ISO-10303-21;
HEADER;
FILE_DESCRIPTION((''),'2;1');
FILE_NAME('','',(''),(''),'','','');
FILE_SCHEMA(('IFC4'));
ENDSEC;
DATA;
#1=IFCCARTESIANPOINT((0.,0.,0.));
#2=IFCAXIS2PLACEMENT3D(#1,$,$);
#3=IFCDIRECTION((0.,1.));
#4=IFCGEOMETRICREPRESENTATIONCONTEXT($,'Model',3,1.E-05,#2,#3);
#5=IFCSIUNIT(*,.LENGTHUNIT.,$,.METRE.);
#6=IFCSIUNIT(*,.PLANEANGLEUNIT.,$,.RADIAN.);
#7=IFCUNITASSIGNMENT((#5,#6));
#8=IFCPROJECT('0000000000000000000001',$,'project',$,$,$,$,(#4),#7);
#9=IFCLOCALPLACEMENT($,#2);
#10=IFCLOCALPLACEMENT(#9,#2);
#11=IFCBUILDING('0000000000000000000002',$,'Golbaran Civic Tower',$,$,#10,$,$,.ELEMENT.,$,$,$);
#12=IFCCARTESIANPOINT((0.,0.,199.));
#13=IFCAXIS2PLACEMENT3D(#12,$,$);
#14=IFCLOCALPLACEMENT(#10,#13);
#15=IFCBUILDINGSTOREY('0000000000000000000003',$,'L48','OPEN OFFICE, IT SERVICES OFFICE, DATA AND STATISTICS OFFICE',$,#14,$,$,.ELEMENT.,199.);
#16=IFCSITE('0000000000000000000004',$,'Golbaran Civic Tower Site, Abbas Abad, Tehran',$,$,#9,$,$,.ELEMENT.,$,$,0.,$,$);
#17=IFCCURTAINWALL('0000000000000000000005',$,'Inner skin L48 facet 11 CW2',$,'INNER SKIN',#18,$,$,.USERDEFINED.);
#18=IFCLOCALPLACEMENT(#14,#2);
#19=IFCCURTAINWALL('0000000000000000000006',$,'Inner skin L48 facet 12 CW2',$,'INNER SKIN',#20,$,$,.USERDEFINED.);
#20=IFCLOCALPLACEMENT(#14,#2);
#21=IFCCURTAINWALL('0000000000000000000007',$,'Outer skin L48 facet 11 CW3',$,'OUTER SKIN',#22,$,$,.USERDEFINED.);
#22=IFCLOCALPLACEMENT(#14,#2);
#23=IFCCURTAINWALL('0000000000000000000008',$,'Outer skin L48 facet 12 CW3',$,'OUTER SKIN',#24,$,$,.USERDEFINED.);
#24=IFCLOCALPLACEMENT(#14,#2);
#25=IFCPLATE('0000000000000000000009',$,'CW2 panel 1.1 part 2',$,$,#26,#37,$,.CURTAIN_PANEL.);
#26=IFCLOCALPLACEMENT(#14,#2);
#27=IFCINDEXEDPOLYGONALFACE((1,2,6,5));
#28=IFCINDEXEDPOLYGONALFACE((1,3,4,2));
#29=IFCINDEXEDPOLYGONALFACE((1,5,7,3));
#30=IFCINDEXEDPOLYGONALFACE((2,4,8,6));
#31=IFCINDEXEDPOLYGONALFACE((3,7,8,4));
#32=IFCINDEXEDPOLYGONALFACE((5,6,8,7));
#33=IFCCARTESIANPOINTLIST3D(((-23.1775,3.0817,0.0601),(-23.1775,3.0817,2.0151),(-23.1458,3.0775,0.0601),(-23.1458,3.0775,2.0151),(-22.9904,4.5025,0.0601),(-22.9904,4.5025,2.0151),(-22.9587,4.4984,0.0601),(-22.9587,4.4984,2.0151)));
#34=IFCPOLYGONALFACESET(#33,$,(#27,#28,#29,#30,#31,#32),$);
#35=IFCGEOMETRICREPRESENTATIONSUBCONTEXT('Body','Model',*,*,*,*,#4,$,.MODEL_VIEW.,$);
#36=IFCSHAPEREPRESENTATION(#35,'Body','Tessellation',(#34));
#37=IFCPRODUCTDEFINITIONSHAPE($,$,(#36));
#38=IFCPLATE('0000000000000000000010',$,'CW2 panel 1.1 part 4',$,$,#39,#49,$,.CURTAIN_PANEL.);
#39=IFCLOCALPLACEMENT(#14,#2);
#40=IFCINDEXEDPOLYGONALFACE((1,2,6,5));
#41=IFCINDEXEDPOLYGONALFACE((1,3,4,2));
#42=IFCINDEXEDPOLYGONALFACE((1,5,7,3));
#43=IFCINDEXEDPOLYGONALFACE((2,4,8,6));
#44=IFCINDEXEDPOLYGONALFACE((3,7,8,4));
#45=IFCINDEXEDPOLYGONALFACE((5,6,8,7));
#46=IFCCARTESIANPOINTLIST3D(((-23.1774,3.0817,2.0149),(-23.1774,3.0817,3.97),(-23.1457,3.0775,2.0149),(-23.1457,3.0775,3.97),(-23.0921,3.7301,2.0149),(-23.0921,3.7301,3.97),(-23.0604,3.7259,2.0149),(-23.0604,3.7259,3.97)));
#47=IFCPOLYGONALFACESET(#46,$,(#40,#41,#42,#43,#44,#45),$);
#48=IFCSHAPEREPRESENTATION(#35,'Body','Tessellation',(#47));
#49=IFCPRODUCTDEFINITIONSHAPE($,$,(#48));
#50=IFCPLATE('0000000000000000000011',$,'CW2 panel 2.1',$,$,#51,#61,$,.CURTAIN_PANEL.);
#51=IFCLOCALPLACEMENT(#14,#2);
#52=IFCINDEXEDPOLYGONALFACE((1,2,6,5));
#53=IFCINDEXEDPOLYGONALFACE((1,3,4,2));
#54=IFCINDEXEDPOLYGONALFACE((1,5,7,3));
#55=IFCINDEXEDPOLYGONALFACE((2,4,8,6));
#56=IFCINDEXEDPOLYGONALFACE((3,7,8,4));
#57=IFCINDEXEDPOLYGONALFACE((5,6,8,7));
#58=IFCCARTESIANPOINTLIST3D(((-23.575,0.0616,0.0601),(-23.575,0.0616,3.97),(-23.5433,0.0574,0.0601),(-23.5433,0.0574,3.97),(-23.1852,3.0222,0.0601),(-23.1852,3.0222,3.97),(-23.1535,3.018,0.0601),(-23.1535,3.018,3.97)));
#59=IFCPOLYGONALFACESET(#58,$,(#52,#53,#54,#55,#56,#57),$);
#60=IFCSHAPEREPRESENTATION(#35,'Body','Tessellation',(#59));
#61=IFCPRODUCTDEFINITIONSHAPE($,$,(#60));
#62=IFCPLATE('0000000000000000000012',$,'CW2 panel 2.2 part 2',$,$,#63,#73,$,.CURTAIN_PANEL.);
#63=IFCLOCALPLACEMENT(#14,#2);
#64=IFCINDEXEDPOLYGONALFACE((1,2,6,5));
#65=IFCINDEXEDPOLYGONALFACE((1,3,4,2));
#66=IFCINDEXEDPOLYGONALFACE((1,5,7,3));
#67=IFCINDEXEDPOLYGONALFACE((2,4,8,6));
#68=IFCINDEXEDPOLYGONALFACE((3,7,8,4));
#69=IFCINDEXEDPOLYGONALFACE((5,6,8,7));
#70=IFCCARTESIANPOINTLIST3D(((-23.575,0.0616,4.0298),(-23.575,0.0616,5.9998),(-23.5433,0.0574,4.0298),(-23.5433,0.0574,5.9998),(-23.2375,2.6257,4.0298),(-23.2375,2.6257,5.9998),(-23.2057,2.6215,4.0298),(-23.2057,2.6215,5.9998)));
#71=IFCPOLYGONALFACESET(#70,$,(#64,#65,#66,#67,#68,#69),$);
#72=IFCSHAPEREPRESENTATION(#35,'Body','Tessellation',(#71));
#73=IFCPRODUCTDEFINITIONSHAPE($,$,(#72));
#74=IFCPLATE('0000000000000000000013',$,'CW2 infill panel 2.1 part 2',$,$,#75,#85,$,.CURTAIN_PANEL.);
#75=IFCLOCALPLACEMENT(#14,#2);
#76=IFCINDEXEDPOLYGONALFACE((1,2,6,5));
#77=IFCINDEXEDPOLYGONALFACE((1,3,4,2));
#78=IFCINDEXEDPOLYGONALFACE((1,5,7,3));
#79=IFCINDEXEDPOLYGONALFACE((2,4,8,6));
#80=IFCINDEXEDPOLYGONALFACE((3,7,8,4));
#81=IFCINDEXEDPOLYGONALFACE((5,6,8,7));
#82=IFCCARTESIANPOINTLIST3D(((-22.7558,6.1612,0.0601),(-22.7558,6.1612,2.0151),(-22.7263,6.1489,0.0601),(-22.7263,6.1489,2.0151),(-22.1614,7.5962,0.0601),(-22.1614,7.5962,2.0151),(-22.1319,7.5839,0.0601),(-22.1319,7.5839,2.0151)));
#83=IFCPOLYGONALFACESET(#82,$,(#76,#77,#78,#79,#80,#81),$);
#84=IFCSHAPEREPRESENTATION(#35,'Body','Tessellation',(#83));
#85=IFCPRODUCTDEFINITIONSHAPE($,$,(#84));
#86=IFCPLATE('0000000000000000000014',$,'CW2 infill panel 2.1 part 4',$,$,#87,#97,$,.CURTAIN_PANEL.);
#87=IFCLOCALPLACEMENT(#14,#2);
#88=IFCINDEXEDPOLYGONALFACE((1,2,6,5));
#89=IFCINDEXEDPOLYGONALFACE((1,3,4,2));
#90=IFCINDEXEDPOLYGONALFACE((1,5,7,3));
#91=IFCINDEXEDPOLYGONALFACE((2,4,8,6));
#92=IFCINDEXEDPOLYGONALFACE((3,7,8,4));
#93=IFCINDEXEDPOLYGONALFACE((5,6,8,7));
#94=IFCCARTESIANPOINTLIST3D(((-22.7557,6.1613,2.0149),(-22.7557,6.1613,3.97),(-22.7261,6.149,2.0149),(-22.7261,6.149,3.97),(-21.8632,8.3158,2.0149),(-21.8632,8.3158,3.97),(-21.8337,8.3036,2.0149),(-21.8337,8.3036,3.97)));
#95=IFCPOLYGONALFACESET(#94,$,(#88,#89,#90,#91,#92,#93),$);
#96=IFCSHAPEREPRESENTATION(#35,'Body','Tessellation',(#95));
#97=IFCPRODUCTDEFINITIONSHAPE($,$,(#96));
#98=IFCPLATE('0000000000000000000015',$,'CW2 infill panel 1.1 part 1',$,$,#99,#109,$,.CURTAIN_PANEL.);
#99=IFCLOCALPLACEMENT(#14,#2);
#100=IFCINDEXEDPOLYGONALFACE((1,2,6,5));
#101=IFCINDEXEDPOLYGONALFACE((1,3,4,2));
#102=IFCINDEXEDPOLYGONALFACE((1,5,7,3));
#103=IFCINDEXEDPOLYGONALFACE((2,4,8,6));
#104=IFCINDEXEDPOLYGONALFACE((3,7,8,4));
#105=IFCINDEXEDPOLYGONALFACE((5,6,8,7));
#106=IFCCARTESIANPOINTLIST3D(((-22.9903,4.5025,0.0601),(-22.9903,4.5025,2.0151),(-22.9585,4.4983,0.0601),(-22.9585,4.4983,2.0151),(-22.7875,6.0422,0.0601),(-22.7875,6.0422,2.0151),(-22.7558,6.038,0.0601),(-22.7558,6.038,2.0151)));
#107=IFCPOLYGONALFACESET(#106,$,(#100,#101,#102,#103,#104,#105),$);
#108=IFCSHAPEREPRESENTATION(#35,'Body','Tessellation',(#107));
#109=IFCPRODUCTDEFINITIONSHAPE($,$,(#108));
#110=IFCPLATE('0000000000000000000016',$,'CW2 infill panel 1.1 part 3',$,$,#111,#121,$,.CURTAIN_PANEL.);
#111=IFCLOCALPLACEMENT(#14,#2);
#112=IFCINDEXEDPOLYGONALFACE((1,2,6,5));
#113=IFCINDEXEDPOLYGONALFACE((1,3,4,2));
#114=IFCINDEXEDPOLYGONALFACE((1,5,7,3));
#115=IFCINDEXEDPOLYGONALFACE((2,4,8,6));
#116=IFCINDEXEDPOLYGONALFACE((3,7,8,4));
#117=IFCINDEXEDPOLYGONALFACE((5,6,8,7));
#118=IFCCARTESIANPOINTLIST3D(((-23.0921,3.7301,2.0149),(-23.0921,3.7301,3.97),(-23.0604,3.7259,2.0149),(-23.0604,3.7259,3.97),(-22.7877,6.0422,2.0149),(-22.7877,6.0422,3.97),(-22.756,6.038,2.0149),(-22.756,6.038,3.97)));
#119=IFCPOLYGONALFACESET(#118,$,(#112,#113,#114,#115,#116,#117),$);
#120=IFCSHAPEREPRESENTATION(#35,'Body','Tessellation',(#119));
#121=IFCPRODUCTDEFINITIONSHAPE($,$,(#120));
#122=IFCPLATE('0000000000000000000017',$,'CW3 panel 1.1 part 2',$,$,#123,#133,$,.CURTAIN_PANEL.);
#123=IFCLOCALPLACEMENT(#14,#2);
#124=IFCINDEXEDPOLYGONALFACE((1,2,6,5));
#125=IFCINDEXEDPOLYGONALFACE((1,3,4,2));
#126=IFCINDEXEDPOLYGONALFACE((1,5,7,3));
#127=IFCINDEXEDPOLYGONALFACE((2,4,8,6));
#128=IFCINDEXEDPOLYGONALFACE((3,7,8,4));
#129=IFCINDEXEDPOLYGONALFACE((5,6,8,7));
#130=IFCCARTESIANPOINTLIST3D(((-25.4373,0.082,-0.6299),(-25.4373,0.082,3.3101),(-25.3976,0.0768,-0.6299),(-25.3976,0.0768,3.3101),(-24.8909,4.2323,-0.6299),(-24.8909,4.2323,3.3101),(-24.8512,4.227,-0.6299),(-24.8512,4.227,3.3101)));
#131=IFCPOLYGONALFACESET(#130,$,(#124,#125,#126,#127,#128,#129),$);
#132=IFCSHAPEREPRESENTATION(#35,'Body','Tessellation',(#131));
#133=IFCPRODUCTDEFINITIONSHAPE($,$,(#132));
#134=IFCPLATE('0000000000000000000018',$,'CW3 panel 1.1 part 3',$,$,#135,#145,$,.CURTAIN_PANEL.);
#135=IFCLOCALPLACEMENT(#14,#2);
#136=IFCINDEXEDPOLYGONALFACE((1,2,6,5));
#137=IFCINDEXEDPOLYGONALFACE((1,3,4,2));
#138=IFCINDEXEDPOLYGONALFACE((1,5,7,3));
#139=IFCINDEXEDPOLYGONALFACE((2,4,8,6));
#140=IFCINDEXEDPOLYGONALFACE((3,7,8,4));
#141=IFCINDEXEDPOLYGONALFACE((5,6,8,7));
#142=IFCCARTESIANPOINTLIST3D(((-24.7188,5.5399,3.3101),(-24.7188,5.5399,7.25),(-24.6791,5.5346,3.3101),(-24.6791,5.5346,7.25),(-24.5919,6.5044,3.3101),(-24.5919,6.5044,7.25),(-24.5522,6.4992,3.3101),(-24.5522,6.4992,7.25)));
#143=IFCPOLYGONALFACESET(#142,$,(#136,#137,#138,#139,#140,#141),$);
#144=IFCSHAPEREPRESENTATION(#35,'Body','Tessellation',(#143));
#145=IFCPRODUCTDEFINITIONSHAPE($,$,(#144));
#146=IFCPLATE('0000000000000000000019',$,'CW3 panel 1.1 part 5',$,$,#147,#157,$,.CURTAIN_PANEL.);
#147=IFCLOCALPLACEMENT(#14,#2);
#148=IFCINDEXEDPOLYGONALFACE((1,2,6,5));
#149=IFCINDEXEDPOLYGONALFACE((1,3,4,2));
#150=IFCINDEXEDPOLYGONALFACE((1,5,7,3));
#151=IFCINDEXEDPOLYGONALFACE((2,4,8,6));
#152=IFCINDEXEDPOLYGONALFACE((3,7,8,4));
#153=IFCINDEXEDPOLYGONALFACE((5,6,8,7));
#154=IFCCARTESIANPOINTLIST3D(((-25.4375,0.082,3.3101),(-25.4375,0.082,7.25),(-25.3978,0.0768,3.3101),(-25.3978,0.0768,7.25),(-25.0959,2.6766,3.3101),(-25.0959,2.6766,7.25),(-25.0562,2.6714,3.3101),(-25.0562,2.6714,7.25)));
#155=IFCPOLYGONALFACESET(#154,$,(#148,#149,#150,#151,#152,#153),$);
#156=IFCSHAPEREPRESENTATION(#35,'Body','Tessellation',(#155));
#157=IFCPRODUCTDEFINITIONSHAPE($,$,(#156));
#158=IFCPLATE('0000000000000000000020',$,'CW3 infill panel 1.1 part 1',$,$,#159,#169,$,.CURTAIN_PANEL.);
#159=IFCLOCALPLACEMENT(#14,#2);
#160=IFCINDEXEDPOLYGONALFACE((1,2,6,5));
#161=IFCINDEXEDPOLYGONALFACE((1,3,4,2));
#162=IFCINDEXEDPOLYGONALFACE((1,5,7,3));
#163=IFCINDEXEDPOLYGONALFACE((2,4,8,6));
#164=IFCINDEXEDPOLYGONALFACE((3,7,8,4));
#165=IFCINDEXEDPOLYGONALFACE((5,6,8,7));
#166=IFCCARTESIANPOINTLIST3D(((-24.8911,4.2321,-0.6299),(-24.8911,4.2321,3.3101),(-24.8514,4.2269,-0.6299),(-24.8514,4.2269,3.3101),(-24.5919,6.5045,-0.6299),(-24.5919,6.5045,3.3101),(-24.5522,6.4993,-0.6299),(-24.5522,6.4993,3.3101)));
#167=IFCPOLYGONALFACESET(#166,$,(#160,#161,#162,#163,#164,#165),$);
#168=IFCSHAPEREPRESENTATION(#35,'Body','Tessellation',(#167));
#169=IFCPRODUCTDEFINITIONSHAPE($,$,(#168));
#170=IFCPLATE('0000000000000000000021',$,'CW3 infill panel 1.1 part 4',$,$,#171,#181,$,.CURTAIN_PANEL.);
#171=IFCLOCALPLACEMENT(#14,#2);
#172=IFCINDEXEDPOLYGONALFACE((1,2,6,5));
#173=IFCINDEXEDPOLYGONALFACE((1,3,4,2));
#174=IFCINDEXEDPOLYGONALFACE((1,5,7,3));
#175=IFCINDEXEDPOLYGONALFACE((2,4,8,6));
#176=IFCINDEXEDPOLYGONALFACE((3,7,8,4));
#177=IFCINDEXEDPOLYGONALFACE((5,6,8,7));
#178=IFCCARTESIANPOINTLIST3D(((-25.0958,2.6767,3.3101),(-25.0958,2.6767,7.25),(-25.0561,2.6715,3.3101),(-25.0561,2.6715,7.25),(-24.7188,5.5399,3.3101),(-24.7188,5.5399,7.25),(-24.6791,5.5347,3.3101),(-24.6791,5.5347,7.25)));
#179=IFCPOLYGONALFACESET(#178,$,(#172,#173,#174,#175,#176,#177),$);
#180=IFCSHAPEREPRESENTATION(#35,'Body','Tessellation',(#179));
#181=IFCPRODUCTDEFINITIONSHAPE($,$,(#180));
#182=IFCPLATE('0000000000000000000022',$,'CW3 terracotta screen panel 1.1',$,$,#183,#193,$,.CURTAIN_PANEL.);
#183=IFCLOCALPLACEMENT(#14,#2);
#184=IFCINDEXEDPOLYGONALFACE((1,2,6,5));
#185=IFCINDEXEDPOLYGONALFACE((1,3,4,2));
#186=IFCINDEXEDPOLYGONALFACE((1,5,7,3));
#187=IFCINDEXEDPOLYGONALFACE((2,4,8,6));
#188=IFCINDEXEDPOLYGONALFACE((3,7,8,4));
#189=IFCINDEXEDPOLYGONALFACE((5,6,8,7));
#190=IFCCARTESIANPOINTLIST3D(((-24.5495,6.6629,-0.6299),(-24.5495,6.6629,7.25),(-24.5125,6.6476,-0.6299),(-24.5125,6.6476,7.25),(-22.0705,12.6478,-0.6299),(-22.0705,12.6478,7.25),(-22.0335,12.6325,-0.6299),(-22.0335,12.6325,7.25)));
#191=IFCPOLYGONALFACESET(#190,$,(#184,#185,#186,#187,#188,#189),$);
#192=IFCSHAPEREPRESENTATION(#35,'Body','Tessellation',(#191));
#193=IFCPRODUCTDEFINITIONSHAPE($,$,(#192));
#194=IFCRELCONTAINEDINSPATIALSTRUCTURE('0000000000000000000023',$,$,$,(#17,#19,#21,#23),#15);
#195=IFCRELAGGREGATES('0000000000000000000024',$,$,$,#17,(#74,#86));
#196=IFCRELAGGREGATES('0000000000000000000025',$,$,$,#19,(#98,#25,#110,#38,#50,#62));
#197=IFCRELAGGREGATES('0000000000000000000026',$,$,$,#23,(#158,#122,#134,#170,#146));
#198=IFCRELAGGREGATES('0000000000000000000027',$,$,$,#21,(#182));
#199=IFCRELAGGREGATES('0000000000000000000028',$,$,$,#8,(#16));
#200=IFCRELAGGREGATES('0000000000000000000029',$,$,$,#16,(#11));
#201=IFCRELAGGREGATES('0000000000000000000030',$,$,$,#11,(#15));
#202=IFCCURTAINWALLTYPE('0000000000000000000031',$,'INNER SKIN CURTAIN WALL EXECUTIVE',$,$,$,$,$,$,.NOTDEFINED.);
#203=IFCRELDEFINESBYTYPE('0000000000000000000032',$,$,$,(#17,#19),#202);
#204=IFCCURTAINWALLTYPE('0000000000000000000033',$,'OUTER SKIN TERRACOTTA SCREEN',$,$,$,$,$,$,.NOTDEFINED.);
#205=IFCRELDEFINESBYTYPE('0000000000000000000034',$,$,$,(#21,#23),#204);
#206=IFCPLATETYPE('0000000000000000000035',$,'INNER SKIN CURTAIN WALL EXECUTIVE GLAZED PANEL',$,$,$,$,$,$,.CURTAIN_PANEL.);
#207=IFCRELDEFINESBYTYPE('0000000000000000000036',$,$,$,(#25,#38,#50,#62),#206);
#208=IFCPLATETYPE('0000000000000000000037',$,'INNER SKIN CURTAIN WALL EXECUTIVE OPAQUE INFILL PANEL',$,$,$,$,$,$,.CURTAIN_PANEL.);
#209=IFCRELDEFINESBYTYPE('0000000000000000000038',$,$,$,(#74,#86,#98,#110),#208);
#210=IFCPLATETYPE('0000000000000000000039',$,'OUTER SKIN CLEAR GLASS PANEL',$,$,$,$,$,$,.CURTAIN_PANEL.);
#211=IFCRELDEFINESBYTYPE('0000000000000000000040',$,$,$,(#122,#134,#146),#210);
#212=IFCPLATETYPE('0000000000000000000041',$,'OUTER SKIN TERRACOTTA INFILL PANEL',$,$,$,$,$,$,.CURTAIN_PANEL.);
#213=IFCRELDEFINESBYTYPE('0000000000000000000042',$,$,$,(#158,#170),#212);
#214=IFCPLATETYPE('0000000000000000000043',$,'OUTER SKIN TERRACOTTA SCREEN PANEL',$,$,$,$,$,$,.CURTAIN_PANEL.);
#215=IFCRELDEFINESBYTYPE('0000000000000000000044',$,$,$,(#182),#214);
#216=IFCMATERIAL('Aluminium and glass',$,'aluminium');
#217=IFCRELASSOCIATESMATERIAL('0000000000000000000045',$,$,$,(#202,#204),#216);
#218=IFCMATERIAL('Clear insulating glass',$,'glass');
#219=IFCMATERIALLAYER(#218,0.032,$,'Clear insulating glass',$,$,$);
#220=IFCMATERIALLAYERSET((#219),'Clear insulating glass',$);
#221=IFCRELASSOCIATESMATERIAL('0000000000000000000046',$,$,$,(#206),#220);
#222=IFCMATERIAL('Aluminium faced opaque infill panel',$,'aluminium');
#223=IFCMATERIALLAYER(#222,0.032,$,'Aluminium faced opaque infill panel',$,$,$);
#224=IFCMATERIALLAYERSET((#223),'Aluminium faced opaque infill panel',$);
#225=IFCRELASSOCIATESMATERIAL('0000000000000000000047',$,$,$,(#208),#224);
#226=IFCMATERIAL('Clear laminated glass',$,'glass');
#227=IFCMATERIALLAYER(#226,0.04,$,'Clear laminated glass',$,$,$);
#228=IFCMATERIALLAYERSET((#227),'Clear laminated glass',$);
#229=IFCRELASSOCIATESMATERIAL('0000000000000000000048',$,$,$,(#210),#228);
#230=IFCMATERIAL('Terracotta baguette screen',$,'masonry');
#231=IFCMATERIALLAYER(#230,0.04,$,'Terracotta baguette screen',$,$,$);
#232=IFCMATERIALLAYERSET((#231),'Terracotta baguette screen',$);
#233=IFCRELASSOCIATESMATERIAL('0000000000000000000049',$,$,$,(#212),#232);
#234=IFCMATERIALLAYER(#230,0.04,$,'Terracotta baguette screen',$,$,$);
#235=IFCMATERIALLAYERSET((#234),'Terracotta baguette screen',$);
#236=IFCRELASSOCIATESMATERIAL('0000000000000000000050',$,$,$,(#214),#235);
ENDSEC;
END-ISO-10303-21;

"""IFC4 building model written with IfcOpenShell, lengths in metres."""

from ifc_helpers import new_model, si_unit, direction, frame, origin, origin_2d, place, context, subcontext, project, spatial, rectangle, extrude, material, layer, layer_set, type_object, element, aggregate, save


model = new_model("IFC4")

# Units and contexts
model_context = context("Model", 3, precision=1e-05, world=origin(), true_north=direction((0.0, 1.0)))
body_context = subcontext(model_context, "Body", "Model", "MODEL_VIEW")
ifc_project = project(units=[si_unit("LENGTHUNIT", "METRE"), si_unit("PLANEANGLEUNIT", "RADIAN")], contexts=[model_context])

# Site, building, storey
site_placement = place(None, origin())
site = spatial("IfcSite", under=ifc_project, at=site_placement, Name="Golbaran Civic Tower Site, Abbas Abad, Tehran", CompositionType="ELEMENT", RefElevation=0.0)
building_placement = place(site_placement, origin())
building = spatial("IfcBuilding", under=site, at=building_placement, Name="Golbaran Civic Tower", CompositionType="ELEMENT")
storey_placement = place(building_placement, frame((0.0, 0.0, 199.0)))
storey = spatial("IfcBuildingStorey", under=building, at=storey_placement, Name="L48", Description="OPEN OFFICE, IT SERVICES OFFICE, DATA AND STATISTICS OFFICE", CompositionType="ELEMENT", Elevation=199.0)

# Curtain walls
ifc_material_1 = material(Name="Aluminium and glass", Category="aluminium")
curtain_wall_type_1 = type_object("IfcCurtainWallType", Name="INNER SKIN CURTAIN WALL EXECUTIVE", PredefinedType="NOTDEFINED", material=ifc_material_1)
curtain_wall_1_placement = place(storey_placement, origin())
curtain_wall_1 = element("IfcCurtainWall", 1, at=curtain_wall_1_placement, inside=storey, type_object=curtain_wall_type_1, Name="Inner skin L48 facet 11 CW2", ObjectType="INNER SKIN", PredefinedType="USERDEFINED")
curtain_wall_2_placement = place(storey_placement, origin())
curtain_wall_2 = element("IfcCurtainWall", 2, at=curtain_wall_2_placement, inside=storey, type_object=curtain_wall_type_1, Name="Inner skin L48 facet 12 CW2", ObjectType="INNER SKIN", PredefinedType="USERDEFINED")

# Curtain wall
curtain_wall_type_2 = type_object("IfcCurtainWallType", Name="OUTER SKIN TERRACOTTA SCREEN", PredefinedType="NOTDEFINED", material=ifc_material_1)
curtain_wall_3_placement = place(storey_placement, origin())
curtain_wall_3 = element("IfcCurtainWall", 3, at=curtain_wall_3_placement, inside=storey, type_object=curtain_wall_type_2, Name="Outer skin L48 facet 11 CW3", ObjectType="OUTER SKIN", PredefinedType="USERDEFINED")

# Curtain wall
curtain_wall_4_placement = place(storey_placement, origin())
curtain_wall_4 = element("IfcCurtainWall", 4, at=curtain_wall_4_placement, inside=storey, type_object=curtain_wall_type_2, Name="Outer skin L48 facet 12 CW3", ObjectType="OUTER SKIN", PredefinedType="USERDEFINED")

# Plates
ifc_material_2 = material(Name="Clear insulating glass", Category="glass")
ifc_layer_1 = layer(ifc_material_2, 0.032, Name="Clear insulating glass")
ifc_layer_set_1 = layer_set([ifc_layer_1], Name="Clear insulating glass")
plate_type_1 = type_object("IfcPlateType", Name="INNER SKIN CURTAIN WALL EXECUTIVE GLAZED PANEL", PredefinedType="CURTAIN_PANEL", material=ifc_layer_set_1)
plate_1_placement = place(storey_placement, frame((-23.0681, 3.79, 0.0601), z_axis=(0.0, 0.0, 1.0), x_axis=(-0.130526, -0.991445, 0.0)))
plate_1 = element("IfcPlate", 5, at=plate_1_placement, type_object=plate_type_1, Name="CW2 panel 1.1 part 2", PredefinedType="CURTAIN_PANEL", context=body_context, shape_type="SweptSolid", body=[
    extrude(rectangle(XDim=1.4331, YDim=0.032, at=origin_2d()), origin(), (0.0, 0.0, 1.0), 1.9551),
])
plate_2_placement = place(storey_placement, frame((-23.1189, 3.4038, 2.0149), z_axis=(0.0, 0.0, 1.0), x_axis=(-0.130526, -0.991445, 0.0)))
plate_2 = element("IfcPlate", 6, at=plate_2_placement, type_object=plate_type_1, Name="CW2 panel 1.1 part 4", PredefinedType="CURTAIN_PANEL", context=body_context, shape_type="SweptSolid", body=[
    extrude(rectangle(XDim=0.6541, YDim=0.032, at=origin_2d()), origin(), (0.0, 0.0, 1.0), 1.9551),
])
plate_3_placement = place(storey_placement, frame((-23.3643, 1.5398, 0.0601), z_axis=(0.0, 0.0, 1.0), x_axis=(-0.130526, -0.991445, 0.0)))
plate_3 = element("IfcPlate", 7, at=plate_3_placement, type_object=plate_type_1, Name="CW2 panel 2.1", PredefinedType="CURTAIN_PANEL", context=body_context, shape_type="SweptSolid", body=[
    extrude(rectangle(XDim=2.9861, YDim=0.032, at=origin_2d()), origin(), (0.0, 0.0, 1.0), 3.9099),
])
plate_4_placement = place(storey_placement, frame((-23.3904, 1.3416, 4.0298), z_axis=(0.0, 0.0, 1.0), x_axis=(-0.130526, -0.991445, 0.0)))
plate_4 = element("IfcPlate", 8, at=plate_4_placement, type_object=plate_type_1, Name="CW2 panel 2.2 part 2", PredefinedType="CURTAIN_PANEL", context=body_context, shape_type="SweptSolid", body=[
    extrude(rectangle(XDim=2.5862, YDim=0.032, at=origin_2d()), origin(), (0.0, 0.0, 1.0), 1.97),
])
ifc_material_3 = material(Name="Aluminium faced opaque infill panel", Category="aluminium")
ifc_layer_2 = layer(ifc_material_3, 0.032, Name="Aluminium faced opaque infill panel")
ifc_layer_set_2 = layer_set([ifc_layer_2], Name="Aluminium faced opaque infill panel")
plate_type_2 = type_object("IfcPlateType", Name="INNER SKIN CURTAIN WALL EXECUTIVE OPAQUE INFILL PANEL", PredefinedType="CURTAIN_PANEL", material=ifc_layer_set_2)
plate_5_placement = place(storey_placement, frame((-22.4438, 6.8726, 0.0601), z_axis=(0.0, 0.0, 1.0), x_axis=(-0.382683, -0.92388, 0.0)))
plate_5 = element("IfcPlate", 9, at=plate_5_placement, type_object=plate_type_2, Name="CW2 infill panel 2.1 part 2", PredefinedType="CURTAIN_PANEL", context=body_context, shape_type="SweptSolid", body=[
    extrude(rectangle(XDim=1.5532, YDim=0.032, at=origin_2d()), origin(), (0.0, 0.0, 1.0), 1.9551),
])
plate_6_placement = place(storey_placement, frame((-22.2947, 7.2324, 2.0149), z_axis=(0.0, 0.0, 1.0), x_axis=(-0.382683, -0.92388, 0.0)))
plate_6 = element("IfcPlate", 10, at=plate_6_placement, type_object=plate_type_2, Name="CW2 infill panel 2.1 part 4", PredefinedType="CURTAIN_PANEL", context=body_context, shape_type="SweptSolid", body=[
    extrude(rectangle(XDim=2.332, YDim=0.032, at=origin_2d()), origin(), (0.0, 0.0, 1.0), 1.9551),
])
aggregate(curtain_wall_1, [plate_5, plate_6])
plate_7_placement = place(storey_placement, frame((-22.873, 5.2703, 0.0601), z_axis=(0.0, 0.0, 1.0), x_axis=(-0.130526, -0.991445, 0.0)))
plate_7 = element("IfcPlate", 11, at=plate_7_placement, type_object=plate_type_2, Name="CW2 infill panel 1.1 part 1", PredefinedType="CURTAIN_PANEL", context=body_context, shape_type="SweptSolid", body=[
    extrude(rectangle(XDim=1.553, YDim=0.032, at=origin_2d()), origin(), (0.0, 0.0, 1.0), 1.9551),
])
plate_8_placement = place(storey_placement, frame((-22.9241, 4.884, 2.0149), z_axis=(0.0, 0.0, 1.0), x_axis=(-0.130526, -0.991445, 0.0)))
plate_8 = element("IfcPlate", 12, at=plate_8_placement, type_object=plate_type_2, Name="CW2 infill panel 1.1 part 3", PredefinedType="CURTAIN_PANEL", context=body_context, shape_type="SweptSolid", body=[
    extrude(rectangle(XDim=2.332, YDim=0.032, at=origin_2d()), origin(), (0.0, 0.0, 1.0), 1.9551),
])
aggregate(curtain_wall_2, [plate_7, plate_1, plate_8, plate_2, plate_3, plate_4])
ifc_material_4 = material(Name="Clear laminated glass", Category="glass")
ifc_layer_3 = layer(ifc_material_4, 0.04, Name="Clear laminated glass")
ifc_layer_set_3 = layer_set([ifc_layer_3], Name="Clear laminated glass")
plate_type_3 = type_object("IfcPlateType", Name="OUTER SKIN CLEAR GLASS PANEL", PredefinedType="CURTAIN_PANEL", material=ifc_layer_set_3)
plate_9_placement = place(storey_placement, frame((-25.1443, 2.1545, -0.6299), z_axis=(0.0, 0.0, 1.0), x_axis=(-0.130526, -0.991445, 0.0)))
plate_9 = element("IfcPlate", 13, at=plate_9_placement, type_object=plate_type_3, Name="CW3 panel 1.1 part 2", PredefinedType="CURTAIN_PANEL", context=body_context, shape_type="SweptSolid", body=[
    extrude(rectangle(XDim=4.186, YDim=0.04, at=origin_2d()), origin(), (0.0, 0.0, 1.0), 3.9399),
])
plate_10_placement = place(storey_placement, frame((-24.6355, 6.0195, 3.3101), z_axis=(0.0, 0.0, 1.0), x_axis=(-0.130526, -0.991445, 0.0)))
plate_10 = element("IfcPlate", 14, at=plate_10_placement, type_object=plate_type_3, Name="CW3 panel 1.1 part 3", PredefinedType="CURTAIN_PANEL", context=body_context, shape_type="SweptSolid", body=[
    extrude(rectangle(XDim=0.9729, YDim=0.04, at=origin_2d()), origin(), (0.0, 0.0, 1.0), 3.9399),
])
plate_11_placement = place(storey_placement, frame((-25.2468, 1.3767, 3.3101), z_axis=(0.0, 0.0, 1.0), x_axis=(-0.130526, -0.991445, 0.0)))
plate_11 = element("IfcPlate", 15, at=plate_11_placement, type_object=plate_type_3, Name="CW3 panel 1.1 part 5", PredefinedType="CURTAIN_PANEL", context=body_context, shape_type="SweptSolid", body=[
    extrude(rectangle(XDim=2.6169, YDim=0.04, at=origin_2d()), origin(), (0.0, 0.0, 1.0), 3.9399),
])
ifc_material_5 = material(Name="Terracotta baguette screen", Category="masonry")
ifc_layer_4 = layer(ifc_material_5, 0.04, Name="Terracotta baguette screen")
ifc_layer_set_4 = layer_set([ifc_layer_4], Name="Terracotta baguette screen")
plate_type_4 = type_object("IfcPlateType", Name="OUTER SKIN TERRACOTTA INFILL PANEL", PredefinedType="CURTAIN_PANEL", material=ifc_layer_set_4)
plate_12_placement = place(storey_placement, frame((-24.7217, 5.3657, -0.6299), z_axis=(0.0, 0.0, 1.0), x_axis=(-0.130526, -0.991445, 0.0)))
plate_12 = element("IfcPlate", 16, at=plate_12_placement, type_object=plate_type_4, Name="CW3 infill panel 1.1 part 1", PredefinedType="CURTAIN_PANEL", context=body_context, shape_type="SweptSolid", body=[
    extrude(rectangle(XDim=2.292, YDim=0.04, at=origin_2d()), origin(), (0.0, 0.0, 1.0), 3.9399),
])
plate_13_placement = place(storey_placement, frame((-24.8875, 4.1057, 3.3101), z_axis=(0.0, 0.0, 1.0), x_axis=(-0.130526, -0.991445, 0.0)))
plate_13 = element("IfcPlate", 17, at=plate_13_placement, type_object=plate_type_4, Name="CW3 infill panel 1.1 part 4", PredefinedType="CURTAIN_PANEL", context=body_context, shape_type="SweptSolid", body=[
    extrude(rectangle(XDim=2.8879, YDim=0.04, at=origin_2d()), origin(), (0.0, 0.0, 1.0), 3.9399),
])
aggregate(curtain_wall_4, [plate_12, plate_9, plate_10, plate_13, plate_11])
ifc_layer_5 = layer(ifc_material_5, 0.04, Name="Terracotta baguette screen")
ifc_layer_set_5 = layer_set([ifc_layer_5], Name="Terracotta baguette screen")
plate_type_5 = type_object("IfcPlateType", Name="OUTER SKIN TERRACOTTA SCREEN PANEL", PredefinedType="CURTAIN_PANEL", material=ifc_layer_set_5)
plate_14_placement = place(storey_placement, frame((-23.2915, 9.6477, -0.6299), z_axis=(0.0, 0.0, 1.0), x_axis=(-0.382683, -0.92388, 0.0)))
plate_14 = element("IfcPlate", 18, at=plate_14_placement, type_object=plate_type_5, Name="CW3 terracotta screen panel 1.1", PredefinedType="CURTAIN_PANEL", context=body_context, shape_type="SweptSolid", body=[
    extrude(rectangle(XDim=6.478, YDim=0.04, at=origin_2d()), origin(), (0.0, 0.0, 1.0), 7.8799),
])
aggregate(curtain_wall_3, [plate_14])

save(model, "model.ifc")
